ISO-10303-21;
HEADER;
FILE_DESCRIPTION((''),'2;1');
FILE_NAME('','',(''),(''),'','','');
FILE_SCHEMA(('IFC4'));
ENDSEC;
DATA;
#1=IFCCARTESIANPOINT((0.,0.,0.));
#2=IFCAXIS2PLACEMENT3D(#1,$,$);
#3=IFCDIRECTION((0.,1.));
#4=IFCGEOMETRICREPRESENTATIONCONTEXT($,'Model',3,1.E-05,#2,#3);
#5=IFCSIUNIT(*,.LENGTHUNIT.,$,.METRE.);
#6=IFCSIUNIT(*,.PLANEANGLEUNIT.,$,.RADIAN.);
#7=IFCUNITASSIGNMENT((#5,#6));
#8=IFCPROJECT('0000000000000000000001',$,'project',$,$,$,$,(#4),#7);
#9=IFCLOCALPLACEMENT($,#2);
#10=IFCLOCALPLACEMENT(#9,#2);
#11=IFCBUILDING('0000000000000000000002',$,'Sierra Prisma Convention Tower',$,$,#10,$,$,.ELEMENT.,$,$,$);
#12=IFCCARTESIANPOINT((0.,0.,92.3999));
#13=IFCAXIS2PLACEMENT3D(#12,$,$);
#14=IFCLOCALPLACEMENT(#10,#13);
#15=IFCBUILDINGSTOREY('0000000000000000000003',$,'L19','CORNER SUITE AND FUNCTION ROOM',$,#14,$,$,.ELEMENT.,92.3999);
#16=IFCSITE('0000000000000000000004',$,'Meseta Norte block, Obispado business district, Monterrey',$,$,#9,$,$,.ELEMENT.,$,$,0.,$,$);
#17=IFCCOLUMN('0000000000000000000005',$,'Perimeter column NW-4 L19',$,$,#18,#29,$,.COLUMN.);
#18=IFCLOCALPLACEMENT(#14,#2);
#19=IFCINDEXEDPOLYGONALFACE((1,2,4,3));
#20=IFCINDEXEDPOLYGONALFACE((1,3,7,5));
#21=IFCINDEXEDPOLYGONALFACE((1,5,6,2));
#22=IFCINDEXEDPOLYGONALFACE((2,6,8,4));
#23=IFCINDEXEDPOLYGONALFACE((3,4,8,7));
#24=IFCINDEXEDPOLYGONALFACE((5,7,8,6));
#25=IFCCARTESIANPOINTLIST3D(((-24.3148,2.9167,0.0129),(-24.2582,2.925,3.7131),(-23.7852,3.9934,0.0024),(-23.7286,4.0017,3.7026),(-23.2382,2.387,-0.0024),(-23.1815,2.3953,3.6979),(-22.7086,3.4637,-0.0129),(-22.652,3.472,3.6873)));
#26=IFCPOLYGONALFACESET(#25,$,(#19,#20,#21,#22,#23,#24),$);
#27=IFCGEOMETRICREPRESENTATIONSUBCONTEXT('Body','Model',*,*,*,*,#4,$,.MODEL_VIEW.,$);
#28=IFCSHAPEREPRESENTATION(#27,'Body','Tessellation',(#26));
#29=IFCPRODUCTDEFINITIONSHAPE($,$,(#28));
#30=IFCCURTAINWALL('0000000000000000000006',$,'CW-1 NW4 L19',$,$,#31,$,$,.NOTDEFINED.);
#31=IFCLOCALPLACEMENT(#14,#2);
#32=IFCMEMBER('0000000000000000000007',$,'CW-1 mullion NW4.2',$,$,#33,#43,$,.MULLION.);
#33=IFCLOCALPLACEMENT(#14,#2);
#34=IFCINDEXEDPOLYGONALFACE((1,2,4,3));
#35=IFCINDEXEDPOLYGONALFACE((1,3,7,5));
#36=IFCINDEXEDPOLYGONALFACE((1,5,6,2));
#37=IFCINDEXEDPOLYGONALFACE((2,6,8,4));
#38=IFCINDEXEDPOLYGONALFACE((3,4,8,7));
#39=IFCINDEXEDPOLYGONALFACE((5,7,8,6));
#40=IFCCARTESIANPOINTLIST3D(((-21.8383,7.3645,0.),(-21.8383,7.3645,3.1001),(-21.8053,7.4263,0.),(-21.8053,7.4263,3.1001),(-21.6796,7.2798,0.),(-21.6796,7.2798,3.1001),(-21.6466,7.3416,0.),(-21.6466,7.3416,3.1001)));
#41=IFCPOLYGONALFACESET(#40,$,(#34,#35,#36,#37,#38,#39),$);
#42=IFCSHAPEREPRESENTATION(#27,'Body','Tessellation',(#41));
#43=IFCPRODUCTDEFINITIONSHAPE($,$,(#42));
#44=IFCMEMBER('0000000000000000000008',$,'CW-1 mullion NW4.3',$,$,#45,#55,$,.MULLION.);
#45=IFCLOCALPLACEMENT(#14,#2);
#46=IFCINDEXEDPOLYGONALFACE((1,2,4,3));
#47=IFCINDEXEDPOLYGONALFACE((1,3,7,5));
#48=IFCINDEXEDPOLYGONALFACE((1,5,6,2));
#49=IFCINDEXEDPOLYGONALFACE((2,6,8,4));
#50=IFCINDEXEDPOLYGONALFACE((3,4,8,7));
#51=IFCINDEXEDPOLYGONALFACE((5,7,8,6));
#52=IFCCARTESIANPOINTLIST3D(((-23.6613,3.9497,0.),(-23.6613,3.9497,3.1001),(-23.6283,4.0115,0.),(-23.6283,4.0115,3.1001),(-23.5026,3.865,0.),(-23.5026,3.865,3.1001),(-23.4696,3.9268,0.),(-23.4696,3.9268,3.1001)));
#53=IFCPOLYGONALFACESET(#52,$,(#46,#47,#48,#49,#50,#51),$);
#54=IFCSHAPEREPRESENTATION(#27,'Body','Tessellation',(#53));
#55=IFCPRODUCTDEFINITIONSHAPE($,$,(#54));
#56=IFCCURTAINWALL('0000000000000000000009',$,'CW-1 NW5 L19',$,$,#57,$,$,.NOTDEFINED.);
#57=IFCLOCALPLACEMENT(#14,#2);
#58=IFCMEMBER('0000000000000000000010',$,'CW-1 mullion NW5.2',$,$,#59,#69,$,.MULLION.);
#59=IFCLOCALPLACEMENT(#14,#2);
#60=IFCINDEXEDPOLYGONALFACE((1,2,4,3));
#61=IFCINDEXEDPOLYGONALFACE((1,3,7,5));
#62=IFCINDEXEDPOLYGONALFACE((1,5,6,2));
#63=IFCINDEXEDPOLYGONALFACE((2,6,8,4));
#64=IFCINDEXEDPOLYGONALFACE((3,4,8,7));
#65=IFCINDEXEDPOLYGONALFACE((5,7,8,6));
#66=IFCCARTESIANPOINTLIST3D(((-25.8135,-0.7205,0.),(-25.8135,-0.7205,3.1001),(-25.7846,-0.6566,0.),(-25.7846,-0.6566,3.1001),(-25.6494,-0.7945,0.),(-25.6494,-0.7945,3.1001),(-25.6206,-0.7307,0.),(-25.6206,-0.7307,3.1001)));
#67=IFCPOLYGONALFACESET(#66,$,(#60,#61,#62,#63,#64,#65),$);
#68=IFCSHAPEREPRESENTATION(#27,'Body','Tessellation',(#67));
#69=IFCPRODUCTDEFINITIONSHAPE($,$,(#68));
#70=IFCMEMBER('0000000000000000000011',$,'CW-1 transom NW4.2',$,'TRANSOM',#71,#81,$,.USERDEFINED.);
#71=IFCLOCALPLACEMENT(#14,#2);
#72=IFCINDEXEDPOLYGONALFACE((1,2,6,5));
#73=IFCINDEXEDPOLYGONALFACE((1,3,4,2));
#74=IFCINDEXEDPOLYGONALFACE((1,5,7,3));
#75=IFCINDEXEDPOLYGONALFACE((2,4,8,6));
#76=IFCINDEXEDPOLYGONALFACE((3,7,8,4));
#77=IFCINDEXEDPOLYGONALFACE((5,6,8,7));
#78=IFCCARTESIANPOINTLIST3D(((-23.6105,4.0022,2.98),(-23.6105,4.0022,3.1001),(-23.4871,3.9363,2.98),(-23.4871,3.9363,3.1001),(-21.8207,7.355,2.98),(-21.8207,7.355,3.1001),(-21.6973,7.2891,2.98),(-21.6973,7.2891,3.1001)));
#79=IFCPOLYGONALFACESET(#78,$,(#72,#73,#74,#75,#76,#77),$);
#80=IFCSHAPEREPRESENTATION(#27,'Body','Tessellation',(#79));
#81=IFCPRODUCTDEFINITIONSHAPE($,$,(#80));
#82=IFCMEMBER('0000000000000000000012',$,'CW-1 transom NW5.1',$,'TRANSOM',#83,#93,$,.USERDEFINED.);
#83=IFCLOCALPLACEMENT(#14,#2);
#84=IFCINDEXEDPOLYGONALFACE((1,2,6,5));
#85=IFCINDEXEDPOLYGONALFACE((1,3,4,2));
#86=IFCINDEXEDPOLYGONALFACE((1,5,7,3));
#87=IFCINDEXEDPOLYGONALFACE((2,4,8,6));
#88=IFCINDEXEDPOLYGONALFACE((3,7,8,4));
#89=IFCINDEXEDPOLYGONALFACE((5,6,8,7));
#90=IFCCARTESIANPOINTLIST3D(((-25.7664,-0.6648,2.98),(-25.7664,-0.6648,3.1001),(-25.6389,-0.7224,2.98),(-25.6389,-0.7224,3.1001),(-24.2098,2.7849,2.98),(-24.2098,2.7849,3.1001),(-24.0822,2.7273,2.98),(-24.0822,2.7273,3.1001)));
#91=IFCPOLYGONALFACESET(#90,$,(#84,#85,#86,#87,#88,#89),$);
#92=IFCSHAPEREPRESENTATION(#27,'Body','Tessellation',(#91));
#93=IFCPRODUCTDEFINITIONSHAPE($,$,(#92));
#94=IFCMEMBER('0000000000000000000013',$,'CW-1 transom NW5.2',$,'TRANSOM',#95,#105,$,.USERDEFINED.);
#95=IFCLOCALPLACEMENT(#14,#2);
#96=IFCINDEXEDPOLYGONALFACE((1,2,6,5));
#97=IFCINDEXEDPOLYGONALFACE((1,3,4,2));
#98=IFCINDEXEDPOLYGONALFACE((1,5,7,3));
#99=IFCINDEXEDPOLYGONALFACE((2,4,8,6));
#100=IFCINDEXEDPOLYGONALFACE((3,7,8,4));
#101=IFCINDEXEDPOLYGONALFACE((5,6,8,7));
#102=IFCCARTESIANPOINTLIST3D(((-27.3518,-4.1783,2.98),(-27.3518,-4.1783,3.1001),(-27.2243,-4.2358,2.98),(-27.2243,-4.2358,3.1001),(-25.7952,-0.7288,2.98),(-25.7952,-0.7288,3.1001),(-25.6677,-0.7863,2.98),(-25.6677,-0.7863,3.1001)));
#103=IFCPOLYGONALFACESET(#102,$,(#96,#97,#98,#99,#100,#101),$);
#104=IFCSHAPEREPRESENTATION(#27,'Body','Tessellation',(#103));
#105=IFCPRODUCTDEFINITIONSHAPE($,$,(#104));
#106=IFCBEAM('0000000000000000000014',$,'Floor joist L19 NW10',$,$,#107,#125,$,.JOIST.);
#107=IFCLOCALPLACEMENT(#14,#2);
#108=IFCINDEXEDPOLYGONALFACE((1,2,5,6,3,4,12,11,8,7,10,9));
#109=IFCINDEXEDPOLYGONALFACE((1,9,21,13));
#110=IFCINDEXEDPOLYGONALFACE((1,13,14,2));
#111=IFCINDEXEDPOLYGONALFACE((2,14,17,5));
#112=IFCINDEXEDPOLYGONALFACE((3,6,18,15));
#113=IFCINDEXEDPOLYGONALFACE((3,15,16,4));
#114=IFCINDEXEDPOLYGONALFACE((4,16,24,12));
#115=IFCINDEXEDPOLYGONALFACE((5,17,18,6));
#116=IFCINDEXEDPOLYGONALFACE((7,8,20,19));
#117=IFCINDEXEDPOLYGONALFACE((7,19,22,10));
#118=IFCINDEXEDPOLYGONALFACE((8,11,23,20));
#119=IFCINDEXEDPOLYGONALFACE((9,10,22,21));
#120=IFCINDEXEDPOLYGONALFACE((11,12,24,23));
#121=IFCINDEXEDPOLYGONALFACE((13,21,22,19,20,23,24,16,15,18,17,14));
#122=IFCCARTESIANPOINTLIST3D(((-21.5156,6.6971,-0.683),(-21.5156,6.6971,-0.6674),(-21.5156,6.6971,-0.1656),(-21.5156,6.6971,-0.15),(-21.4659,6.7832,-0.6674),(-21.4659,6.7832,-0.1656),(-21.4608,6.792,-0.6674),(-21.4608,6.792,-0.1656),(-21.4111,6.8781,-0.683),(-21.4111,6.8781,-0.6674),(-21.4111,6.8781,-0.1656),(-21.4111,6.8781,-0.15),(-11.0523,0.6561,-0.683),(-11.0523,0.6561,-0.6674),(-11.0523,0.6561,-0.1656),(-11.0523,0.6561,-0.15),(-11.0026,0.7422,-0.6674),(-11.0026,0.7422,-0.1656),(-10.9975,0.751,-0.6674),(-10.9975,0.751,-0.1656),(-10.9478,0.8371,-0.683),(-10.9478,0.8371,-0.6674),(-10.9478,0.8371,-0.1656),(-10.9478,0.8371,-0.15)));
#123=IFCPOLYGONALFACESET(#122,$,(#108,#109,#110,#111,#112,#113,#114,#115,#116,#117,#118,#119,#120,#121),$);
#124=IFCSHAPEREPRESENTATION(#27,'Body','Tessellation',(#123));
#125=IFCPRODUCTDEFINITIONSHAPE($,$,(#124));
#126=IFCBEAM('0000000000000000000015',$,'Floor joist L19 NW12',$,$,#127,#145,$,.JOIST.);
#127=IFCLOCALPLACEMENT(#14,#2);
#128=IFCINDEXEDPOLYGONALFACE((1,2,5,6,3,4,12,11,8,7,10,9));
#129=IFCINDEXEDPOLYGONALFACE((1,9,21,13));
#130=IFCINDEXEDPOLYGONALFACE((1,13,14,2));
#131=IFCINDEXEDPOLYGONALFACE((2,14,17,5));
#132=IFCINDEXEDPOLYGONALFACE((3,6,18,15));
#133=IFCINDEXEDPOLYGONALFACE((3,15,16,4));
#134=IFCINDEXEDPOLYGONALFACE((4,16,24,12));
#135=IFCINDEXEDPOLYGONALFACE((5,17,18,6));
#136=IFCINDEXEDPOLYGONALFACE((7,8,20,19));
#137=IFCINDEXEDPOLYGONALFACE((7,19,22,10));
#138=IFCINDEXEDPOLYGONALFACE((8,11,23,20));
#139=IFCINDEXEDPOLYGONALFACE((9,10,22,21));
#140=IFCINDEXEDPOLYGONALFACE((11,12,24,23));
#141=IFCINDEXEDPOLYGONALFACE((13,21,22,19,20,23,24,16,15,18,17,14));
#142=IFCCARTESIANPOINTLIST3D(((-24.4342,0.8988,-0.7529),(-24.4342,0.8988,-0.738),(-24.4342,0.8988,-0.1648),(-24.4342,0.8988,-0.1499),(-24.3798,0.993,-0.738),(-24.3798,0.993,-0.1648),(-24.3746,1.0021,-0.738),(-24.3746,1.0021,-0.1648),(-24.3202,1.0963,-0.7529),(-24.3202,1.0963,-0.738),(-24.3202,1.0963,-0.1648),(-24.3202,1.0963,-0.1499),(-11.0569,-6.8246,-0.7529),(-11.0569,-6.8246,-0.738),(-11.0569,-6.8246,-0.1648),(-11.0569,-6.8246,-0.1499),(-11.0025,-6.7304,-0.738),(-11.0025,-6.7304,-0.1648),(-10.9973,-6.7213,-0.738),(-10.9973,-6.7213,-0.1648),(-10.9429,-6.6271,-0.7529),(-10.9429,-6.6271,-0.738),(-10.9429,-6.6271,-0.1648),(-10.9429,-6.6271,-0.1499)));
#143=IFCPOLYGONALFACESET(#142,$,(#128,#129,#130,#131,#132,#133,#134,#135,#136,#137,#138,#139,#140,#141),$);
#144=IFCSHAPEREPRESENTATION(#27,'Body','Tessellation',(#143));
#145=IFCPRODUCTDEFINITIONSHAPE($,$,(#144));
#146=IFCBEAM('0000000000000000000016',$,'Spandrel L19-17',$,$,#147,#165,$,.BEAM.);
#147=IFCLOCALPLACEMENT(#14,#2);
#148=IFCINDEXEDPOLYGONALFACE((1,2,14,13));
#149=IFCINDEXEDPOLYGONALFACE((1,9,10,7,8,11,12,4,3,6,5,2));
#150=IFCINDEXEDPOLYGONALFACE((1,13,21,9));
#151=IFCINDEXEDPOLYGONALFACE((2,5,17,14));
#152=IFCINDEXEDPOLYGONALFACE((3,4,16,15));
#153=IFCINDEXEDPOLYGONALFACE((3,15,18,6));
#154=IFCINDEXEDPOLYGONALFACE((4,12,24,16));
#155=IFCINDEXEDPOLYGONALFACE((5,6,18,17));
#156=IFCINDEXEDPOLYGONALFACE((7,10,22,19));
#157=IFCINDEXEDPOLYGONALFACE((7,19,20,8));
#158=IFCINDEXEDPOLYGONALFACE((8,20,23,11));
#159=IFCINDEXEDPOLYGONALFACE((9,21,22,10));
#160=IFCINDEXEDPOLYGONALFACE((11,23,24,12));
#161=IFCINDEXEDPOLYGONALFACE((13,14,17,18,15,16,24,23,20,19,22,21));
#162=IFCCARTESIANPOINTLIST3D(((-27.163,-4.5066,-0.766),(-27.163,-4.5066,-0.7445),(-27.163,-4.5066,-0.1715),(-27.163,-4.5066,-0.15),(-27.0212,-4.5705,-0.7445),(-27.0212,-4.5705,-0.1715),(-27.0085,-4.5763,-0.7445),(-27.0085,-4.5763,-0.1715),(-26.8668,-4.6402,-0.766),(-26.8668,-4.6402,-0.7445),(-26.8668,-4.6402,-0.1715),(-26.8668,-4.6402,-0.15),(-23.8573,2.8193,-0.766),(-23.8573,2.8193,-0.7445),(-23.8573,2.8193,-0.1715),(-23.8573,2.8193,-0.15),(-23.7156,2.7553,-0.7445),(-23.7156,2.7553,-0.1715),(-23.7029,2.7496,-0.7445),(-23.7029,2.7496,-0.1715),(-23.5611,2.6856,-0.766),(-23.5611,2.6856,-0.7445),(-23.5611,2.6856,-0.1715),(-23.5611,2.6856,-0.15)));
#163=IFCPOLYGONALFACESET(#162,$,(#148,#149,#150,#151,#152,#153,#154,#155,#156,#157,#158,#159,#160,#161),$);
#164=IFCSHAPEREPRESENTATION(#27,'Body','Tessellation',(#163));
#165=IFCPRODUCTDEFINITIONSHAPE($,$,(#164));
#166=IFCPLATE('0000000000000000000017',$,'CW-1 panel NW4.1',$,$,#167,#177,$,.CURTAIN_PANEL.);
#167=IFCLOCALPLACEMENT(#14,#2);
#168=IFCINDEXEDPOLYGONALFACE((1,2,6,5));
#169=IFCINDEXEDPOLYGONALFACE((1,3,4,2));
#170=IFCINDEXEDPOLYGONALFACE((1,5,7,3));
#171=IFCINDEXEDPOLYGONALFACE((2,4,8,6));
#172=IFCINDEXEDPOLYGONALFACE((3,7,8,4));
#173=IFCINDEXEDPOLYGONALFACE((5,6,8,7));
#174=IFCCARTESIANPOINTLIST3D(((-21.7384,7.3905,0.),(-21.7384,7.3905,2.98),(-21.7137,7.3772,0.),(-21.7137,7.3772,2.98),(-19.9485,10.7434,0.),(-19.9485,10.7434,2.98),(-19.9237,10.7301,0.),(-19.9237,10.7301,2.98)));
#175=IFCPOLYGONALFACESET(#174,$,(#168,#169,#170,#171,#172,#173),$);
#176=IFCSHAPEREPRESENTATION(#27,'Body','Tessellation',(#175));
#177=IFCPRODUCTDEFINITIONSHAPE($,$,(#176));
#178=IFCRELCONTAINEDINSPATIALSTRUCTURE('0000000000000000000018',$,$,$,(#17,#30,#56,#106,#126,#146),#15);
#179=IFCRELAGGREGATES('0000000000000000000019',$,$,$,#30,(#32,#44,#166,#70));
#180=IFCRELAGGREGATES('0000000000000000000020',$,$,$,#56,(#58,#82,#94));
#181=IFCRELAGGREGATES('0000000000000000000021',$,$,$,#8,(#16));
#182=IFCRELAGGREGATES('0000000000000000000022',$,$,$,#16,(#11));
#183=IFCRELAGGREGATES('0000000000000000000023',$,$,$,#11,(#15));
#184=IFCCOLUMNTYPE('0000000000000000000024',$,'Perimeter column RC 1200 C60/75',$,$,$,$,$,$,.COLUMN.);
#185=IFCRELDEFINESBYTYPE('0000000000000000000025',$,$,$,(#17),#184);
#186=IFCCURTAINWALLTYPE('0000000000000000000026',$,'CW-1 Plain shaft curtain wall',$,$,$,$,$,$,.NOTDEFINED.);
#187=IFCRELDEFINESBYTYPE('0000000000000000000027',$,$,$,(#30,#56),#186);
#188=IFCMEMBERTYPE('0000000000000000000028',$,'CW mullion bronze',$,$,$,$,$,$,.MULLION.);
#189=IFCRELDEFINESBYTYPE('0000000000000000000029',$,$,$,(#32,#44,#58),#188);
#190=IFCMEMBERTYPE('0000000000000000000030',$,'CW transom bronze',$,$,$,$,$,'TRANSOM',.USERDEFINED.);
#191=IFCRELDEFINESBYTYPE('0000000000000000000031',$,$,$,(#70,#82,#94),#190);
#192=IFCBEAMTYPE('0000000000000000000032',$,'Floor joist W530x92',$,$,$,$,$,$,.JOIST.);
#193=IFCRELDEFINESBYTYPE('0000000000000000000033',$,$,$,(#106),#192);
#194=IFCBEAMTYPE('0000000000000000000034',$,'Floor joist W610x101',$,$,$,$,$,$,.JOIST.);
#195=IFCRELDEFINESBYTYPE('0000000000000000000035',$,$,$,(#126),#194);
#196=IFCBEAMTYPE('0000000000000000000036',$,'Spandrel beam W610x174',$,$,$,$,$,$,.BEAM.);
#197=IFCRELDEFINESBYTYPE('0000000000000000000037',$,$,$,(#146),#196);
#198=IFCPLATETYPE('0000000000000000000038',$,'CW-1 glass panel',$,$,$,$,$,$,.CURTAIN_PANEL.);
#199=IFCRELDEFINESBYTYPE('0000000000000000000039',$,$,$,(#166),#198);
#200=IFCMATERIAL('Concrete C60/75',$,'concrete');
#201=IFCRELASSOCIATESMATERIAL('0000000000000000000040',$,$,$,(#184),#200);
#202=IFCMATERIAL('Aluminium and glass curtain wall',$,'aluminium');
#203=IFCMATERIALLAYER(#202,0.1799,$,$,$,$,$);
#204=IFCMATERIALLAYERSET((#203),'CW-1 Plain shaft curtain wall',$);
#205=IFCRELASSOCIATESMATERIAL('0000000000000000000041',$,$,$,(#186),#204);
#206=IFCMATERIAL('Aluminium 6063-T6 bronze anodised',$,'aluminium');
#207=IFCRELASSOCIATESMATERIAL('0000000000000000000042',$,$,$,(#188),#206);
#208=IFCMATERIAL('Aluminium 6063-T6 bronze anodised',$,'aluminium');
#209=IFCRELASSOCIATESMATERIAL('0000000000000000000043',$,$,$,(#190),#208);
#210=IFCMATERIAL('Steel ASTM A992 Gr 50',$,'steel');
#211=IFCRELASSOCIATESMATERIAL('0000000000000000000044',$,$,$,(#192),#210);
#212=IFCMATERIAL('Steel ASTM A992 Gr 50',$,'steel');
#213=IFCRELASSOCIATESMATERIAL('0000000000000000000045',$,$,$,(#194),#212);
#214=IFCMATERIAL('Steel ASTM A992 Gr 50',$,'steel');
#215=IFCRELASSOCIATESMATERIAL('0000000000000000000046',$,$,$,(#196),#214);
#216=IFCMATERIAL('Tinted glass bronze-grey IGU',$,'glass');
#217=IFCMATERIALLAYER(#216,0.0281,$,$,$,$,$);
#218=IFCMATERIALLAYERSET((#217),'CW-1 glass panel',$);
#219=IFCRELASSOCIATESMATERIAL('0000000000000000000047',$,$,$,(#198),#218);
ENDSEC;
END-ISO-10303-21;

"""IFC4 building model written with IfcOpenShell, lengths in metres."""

from ifc_helpers import new_model, si_unit, direction, frame, origin, origin_2d, place, context, subcontext, project, spatial, rectangle, i_section, extrude, material, layer, layer_set, material_profile, profile_set, type_object, element, aggregate, save


model = new_model("IFC4")

# Units and contexts
model_context = context("Model", 3, precision=1e-05, world=origin(), true_north=direction((0.0, 1.0)))
body_context = subcontext(model_context, "Body", "Model", "MODEL_VIEW")
ifc_project = project(units=[si_unit("LENGTHUNIT", "METRE"), si_unit("PLANEANGLEUNIT", "RADIAN")], contexts=[model_context])

# Site, building, storey
site_placement = place(None, origin())
site = spatial("IfcSite", under=ifc_project, at=site_placement, Name="Meseta Norte block, Obispado business district, Monterrey", CompositionType="ELEMENT", RefElevation=0.0)
building_placement = place(site_placement, origin())
building = spatial("IfcBuilding", under=site, at=building_placement, Name="Sierra Prisma Convention Tower", CompositionType="ELEMENT")
storey_placement = place(building_placement, frame((0.0, 0.0, 92.3999)))
storey = spatial("IfcBuildingStorey", under=building, at=storey_placement, Name="L19", Description="CORNER SUITE AND FUNCTION ROOM", CompositionType="ELEMENT", Elevation=92.3999)

# Column
ifc_material_1 = material(Name="Concrete C60/75", Category="concrete")
ifc_material_profile_1 = material_profile(ifc_material_1, rectangle(XDim=1.2, YDim=1.2, at=origin_2d()), Name="Perimeter column RC 1200 C60/75")
ifc_profile_set_1 = profile_set([ifc_material_profile_1], Name="Concrete C60/75")
column_type = type_object("IfcColumnType", Name="Perimeter column RC 1200 C60/75", PredefinedType="COLUMN", material=ifc_profile_set_1)
column_placement = place(storey_placement, frame((-23.5117, 3.1902, 0.0), z_axis=(0.015306, 0.002243, 0.99988), x_axis=(0.441318, 0.897308, -0.008768)))
element("IfcColumn", 1, at=column_placement, inside=storey, type_object=column_type, Name="Perimeter column NW-4 L19", PredefinedType="COLUMN", context=body_context, shape_type="SweptSolid", body=[
    extrude(rectangle(XDim=1.2, YDim=1.2, at=origin_2d()), origin(), (0.0, 0.0, 1.0), 3.7007),
])

# Curtain wall, members
ifc_material_2 = material(Name="Aluminium and glass curtain wall", Category="aluminium")
ifc_layer_1 = layer(ifc_material_2, 0.1799)
ifc_layer_set_1 = layer_set([ifc_layer_1], Name="CW-1 Plain shaft curtain wall")
curtain_wall_type = type_object("IfcCurtainWallType", Name="CW-1 Plain shaft curtain wall", PredefinedType="NOTDEFINED", material=ifc_layer_set_1)
curtain_wall_1_placement = place(storey_placement, origin())
curtain_wall_1 = element("IfcCurtainWall", 2, at=curtain_wall_1_placement, inside=storey, type_object=curtain_wall_type, Name="CW-1 NW4 L19", PredefinedType="NOTDEFINED")
ifc_material_3 = material(Name="Aluminium 6063-T6 bronze anodised", Category="aluminium")
ifc_material_profile_2 = material_profile(ifc_material_3, rectangle(XDim=0.1799, YDim=0.0701, at=origin_2d()), Name="ALU MULLION 70x180")
ifc_profile_set_2 = profile_set([ifc_material_profile_2], Name="Aluminium 6063-T6 bronze anodised")
member_type_1 = type_object("IfcMemberType", Name="CW mullion bronze", PredefinedType="MULLION", material=ifc_profile_set_2)
member_1_placement = place(storey_placement, frame((-21.7424, 7.353, 0.0), z_axis=(0.0, 0.0, 1.0), x_axis=(0.882163, -0.470945, 0.0)))
member_1 = element("IfcMember", 3, at=member_1_placement, type_object=member_type_1, Name="CW-1 mullion NW4.2", PredefinedType="MULLION", context=body_context, shape_type="SweptSolid", body=[
    extrude(rectangle(XDim=0.1799, YDim=0.0701, at=origin_2d()), origin(), (0.0, 0.0, 1.0), 3.1001),
])
member_2_placement = place(storey_placement, frame((-23.5654, 3.9382, 0.0), z_axis=(0.0, 0.0, 1.0), x_axis=(0.882163, -0.470945, 0.0)))
member_2 = element("IfcMember", 4, at=member_2_placement, type_object=member_type_1, Name="CW-1 mullion NW4.3", PredefinedType="MULLION", context=body_context, shape_type="SweptSolid", body=[
    extrude(rectangle(XDim=0.1799, YDim=0.0701, at=origin_2d()), origin(), (0.0, 0.0, 1.0), 3.1001),
])

# Curtain wall, member
curtain_wall_2_placement = place(storey_placement, origin())
curtain_wall_2 = element("IfcCurtainWall", 5, at=curtain_wall_2_placement, inside=storey, type_object=curtain_wall_type, Name="CW-1 NW5 L19", PredefinedType="NOTDEFINED")
member_3_placement = place(storey_placement, frame((-25.717, -0.7256, 0.0), z_axis=(0.0, 0.0, 1.0), x_axis=(0.911497, -0.411307, 0.0)))
member_3 = element("IfcMember", 6, at=member_3_placement, type_object=member_type_1, Name="CW-1 mullion NW5.2", PredefinedType="MULLION", context=body_context, shape_type="SweptSolid", body=[
    extrude(rectangle(XDim=0.1799, YDim=0.0701, at=origin_2d()), origin(), (0.0, 0.0, 1.0), 3.1001),
])

# Members
ifc_material_4 = material(Name="Aluminium 6063-T6 bronze anodised", Category="aluminium")
ifc_material_profile_3 = material_profile(ifc_material_4, rectangle(XDim=0.1399, YDim=0.1201, at=origin_2d()), Name="ALU TRANSOM 120x140")
ifc_profile_set_3 = profile_set([ifc_material_profile_3], Name="Aluminium 6063-T6 bronze anodised")
member_type_2 = type_object("IfcMemberType", Name="CW transom bronze", ElementType="TRANSOM", PredefinedType="USERDEFINED", material=ifc_profile_set_3)
member_4_placement = place(storey_placement, frame((-21.759, 7.322, 3.04), z_axis=(-0.470925, -0.882173, 0.0), x_axis=(0.882173, -0.470925, 0.0)))
member_4 = element("IfcMember", 7, at=member_4_placement, type_object=member_type_2, Name="CW-1 transom NW4.2", ObjectType="TRANSOM", PredefinedType="USERDEFINED", context=body_context, shape_type="SweptSolid", body=[
    extrude(rectangle(XDim=0.1399, YDim=0.1201, at=origin_2d()), origin(), (0.0, 0.0, 1.0), 3.8005),
])
member_5_placement = place(storey_placement, frame((-24.146, 2.7561, 3.04), z_axis=(-0.411303, -0.911499, 0.0), x_axis=(0.911499, -0.411303, 0.0)))
member_5 = element("IfcMember", 8, at=member_5_placement, type_object=member_type_2, Name="CW-1 transom NW5.1", ObjectType="TRANSOM", PredefinedType="USERDEFINED", context=body_context, shape_type="SweptSolid", body=[
    extrude(rectangle(XDim=0.1399, YDim=0.1201, at=origin_2d()), origin(), (0.0, 0.0, 1.0), 3.7847),
])
member_6_placement = place(storey_placement, frame((-25.7314, -0.7576, 3.04), z_axis=(-0.411327, -0.911488, 0.0), x_axis=(0.911488, -0.411327, 0.0)))
member_6 = element("IfcMember", 9, at=member_6_placement, type_object=member_type_2, Name="CW-1 transom NW5.2", ObjectType="TRANSOM", PredefinedType="USERDEFINED", context=body_context, shape_type="SweptSolid", body=[
    extrude(rectangle(XDim=0.1399, YDim=0.1201, at=origin_2d()), origin(), (0.0, 0.0, 1.0), 3.7844),
])

# Beams
ifc_material_5 = material(Name="Steel ASTM A992 Gr 50", Category="steel")
ifc_material_profile_4 = material_profile(ifc_material_5, i_section(OverallWidth=0.209, OverallDepth=0.533, WebThickness=0.0103, FlangeThickness=0.0156, at=origin_2d()), Name="W530x92")
ifc_profile_set_4 = profile_set([ifc_material_profile_4], Name="Steel ASTM A992 Gr 50")
beam_type_1 = type_object("IfcBeamType", Name="Floor joist W530x92", PredefinedType="JOIST", material=ifc_profile_set_4)
beam_1_placement = place(storey_placement, frame((-21.4634, 6.7876, -0.4165), z_axis=(0.866026, -0.499999, 0.0), x_axis=(0.499999, 0.866026, 0.0)))
element("IfcBeam", 10, at=beam_1_placement, inside=storey, type_object=beam_type_1, Name="Floor joist L19 NW10", PredefinedType="JOIST", context=body_context, shape_type="SweptSolid", body=[
    extrude(i_section(OverallWidth=0.209, OverallDepth=0.533, WebThickness=0.0103, FlangeThickness=0.0156, at=origin_2d()), origin(), (0.0, 0.0, 1.0), 12.082),
])
ifc_material_6 = material(Name="Steel ASTM A992 Gr 50", Category="steel")
ifc_material_profile_5 = material_profile(ifc_material_6, i_section(OverallWidth=0.228, OverallDepth=0.603, WebThickness=0.0105, FlangeThickness=0.0149, at=origin_2d()), Name="W610x101")
ifc_profile_set_5 = profile_set([ifc_material_profile_5], Name="Steel ASTM A992 Gr 50")
beam_type_2 = type_object("IfcBeamType", Name="Floor joist W610x101", PredefinedType="JOIST", material=ifc_profile_set_5)
beam_2_placement = place(storey_placement, frame((-24.3772, 0.9976, -0.4514), z_axis=(0.866024, -0.500003, 0.0), x_axis=(0.500003, 0.866024, 0.0)))
element("IfcBeam", 11, at=beam_2_placement, inside=storey, type_object=beam_type_2, Name="Floor joist L19 NW12", PredefinedType="JOIST", context=body_context, shape_type="SweptSolid", body=[
    extrude(i_section(OverallWidth=0.228, OverallDepth=0.603, WebThickness=0.0105, FlangeThickness=0.0149, at=origin_2d()), origin(), (0.0, 0.0, 1.0), 15.4468),
])
ifc_material_7 = material(Name="Steel ASTM A992 Gr 50", Category="steel")
ifc_material_profile_6 = material_profile(ifc_material_7, i_section(OverallWidth=0.325, OverallDepth=0.616, WebThickness=0.0139, FlangeThickness=0.0215, at=origin_2d()), Name="W610x174")
ifc_profile_set_6 = profile_set([ifc_material_profile_6], Name="Steel ASTM A992 Gr 50")
beam_type_3 = type_object("IfcBeamType", Name="Spandrel beam W610x174", PredefinedType="BEAM", material=ifc_profile_set_6)
beam_3_placement = place(storey_placement, frame((-23.7092, 2.7524, -0.458), z_axis=(-0.411295, -0.911502, 0.0), x_axis=(0.911502, -0.411295, 0.0)))
element("IfcBeam", 12, at=beam_3_placement, inside=storey, type_object=beam_type_3, Name="Spandrel L19-17", PredefinedType="BEAM", context=body_context, shape_type="SweptSolid", body=[
    extrude(i_section(OverallWidth=0.325, OverallDepth=0.616, WebThickness=0.0139, FlangeThickness=0.0215, at=origin_2d()), origin(), (0.0, 0.0, 1.0), 8.0371),
])

# Plate
ifc_material_8 = material(Name="Tinted glass bronze-grey IGU", Category="glass")
ifc_layer_2 = layer(ifc_material_8, 0.0281)
ifc_layer_set_2 = layer_set([ifc_layer_2], Name="CW-1 glass panel")
plate_type = type_object("IfcPlateType", Name="CW-1 glass panel", PredefinedType="CURTAIN_PANEL", material=ifc_layer_set_2)
plate_1_placement = place(storey_placement, frame((-20.8311, 9.0603, 0.0), z_axis=(0.0, 0.0, 1.0), x_axis=(-0.470945, -0.882163, 0.0)))
plate_1 = element("IfcPlate", 13, at=plate_1_placement, type_object=plate_type, Name="CW-1 panel NW4.1", PredefinedType="CURTAIN_PANEL", context=body_context, shape_type="SweptSolid", body=[
    extrude(rectangle(XDim=3.8008, YDim=0.0281, at=origin_2d()), origin(), (0.0, 0.0, 1.0), 2.98),
])
aggregate(curtain_wall_1, [member_1, member_2, plate_1, member_4])
aggregate(curtain_wall_2, [member_3, member_5, member_6])

save(model, "model.ifc")
